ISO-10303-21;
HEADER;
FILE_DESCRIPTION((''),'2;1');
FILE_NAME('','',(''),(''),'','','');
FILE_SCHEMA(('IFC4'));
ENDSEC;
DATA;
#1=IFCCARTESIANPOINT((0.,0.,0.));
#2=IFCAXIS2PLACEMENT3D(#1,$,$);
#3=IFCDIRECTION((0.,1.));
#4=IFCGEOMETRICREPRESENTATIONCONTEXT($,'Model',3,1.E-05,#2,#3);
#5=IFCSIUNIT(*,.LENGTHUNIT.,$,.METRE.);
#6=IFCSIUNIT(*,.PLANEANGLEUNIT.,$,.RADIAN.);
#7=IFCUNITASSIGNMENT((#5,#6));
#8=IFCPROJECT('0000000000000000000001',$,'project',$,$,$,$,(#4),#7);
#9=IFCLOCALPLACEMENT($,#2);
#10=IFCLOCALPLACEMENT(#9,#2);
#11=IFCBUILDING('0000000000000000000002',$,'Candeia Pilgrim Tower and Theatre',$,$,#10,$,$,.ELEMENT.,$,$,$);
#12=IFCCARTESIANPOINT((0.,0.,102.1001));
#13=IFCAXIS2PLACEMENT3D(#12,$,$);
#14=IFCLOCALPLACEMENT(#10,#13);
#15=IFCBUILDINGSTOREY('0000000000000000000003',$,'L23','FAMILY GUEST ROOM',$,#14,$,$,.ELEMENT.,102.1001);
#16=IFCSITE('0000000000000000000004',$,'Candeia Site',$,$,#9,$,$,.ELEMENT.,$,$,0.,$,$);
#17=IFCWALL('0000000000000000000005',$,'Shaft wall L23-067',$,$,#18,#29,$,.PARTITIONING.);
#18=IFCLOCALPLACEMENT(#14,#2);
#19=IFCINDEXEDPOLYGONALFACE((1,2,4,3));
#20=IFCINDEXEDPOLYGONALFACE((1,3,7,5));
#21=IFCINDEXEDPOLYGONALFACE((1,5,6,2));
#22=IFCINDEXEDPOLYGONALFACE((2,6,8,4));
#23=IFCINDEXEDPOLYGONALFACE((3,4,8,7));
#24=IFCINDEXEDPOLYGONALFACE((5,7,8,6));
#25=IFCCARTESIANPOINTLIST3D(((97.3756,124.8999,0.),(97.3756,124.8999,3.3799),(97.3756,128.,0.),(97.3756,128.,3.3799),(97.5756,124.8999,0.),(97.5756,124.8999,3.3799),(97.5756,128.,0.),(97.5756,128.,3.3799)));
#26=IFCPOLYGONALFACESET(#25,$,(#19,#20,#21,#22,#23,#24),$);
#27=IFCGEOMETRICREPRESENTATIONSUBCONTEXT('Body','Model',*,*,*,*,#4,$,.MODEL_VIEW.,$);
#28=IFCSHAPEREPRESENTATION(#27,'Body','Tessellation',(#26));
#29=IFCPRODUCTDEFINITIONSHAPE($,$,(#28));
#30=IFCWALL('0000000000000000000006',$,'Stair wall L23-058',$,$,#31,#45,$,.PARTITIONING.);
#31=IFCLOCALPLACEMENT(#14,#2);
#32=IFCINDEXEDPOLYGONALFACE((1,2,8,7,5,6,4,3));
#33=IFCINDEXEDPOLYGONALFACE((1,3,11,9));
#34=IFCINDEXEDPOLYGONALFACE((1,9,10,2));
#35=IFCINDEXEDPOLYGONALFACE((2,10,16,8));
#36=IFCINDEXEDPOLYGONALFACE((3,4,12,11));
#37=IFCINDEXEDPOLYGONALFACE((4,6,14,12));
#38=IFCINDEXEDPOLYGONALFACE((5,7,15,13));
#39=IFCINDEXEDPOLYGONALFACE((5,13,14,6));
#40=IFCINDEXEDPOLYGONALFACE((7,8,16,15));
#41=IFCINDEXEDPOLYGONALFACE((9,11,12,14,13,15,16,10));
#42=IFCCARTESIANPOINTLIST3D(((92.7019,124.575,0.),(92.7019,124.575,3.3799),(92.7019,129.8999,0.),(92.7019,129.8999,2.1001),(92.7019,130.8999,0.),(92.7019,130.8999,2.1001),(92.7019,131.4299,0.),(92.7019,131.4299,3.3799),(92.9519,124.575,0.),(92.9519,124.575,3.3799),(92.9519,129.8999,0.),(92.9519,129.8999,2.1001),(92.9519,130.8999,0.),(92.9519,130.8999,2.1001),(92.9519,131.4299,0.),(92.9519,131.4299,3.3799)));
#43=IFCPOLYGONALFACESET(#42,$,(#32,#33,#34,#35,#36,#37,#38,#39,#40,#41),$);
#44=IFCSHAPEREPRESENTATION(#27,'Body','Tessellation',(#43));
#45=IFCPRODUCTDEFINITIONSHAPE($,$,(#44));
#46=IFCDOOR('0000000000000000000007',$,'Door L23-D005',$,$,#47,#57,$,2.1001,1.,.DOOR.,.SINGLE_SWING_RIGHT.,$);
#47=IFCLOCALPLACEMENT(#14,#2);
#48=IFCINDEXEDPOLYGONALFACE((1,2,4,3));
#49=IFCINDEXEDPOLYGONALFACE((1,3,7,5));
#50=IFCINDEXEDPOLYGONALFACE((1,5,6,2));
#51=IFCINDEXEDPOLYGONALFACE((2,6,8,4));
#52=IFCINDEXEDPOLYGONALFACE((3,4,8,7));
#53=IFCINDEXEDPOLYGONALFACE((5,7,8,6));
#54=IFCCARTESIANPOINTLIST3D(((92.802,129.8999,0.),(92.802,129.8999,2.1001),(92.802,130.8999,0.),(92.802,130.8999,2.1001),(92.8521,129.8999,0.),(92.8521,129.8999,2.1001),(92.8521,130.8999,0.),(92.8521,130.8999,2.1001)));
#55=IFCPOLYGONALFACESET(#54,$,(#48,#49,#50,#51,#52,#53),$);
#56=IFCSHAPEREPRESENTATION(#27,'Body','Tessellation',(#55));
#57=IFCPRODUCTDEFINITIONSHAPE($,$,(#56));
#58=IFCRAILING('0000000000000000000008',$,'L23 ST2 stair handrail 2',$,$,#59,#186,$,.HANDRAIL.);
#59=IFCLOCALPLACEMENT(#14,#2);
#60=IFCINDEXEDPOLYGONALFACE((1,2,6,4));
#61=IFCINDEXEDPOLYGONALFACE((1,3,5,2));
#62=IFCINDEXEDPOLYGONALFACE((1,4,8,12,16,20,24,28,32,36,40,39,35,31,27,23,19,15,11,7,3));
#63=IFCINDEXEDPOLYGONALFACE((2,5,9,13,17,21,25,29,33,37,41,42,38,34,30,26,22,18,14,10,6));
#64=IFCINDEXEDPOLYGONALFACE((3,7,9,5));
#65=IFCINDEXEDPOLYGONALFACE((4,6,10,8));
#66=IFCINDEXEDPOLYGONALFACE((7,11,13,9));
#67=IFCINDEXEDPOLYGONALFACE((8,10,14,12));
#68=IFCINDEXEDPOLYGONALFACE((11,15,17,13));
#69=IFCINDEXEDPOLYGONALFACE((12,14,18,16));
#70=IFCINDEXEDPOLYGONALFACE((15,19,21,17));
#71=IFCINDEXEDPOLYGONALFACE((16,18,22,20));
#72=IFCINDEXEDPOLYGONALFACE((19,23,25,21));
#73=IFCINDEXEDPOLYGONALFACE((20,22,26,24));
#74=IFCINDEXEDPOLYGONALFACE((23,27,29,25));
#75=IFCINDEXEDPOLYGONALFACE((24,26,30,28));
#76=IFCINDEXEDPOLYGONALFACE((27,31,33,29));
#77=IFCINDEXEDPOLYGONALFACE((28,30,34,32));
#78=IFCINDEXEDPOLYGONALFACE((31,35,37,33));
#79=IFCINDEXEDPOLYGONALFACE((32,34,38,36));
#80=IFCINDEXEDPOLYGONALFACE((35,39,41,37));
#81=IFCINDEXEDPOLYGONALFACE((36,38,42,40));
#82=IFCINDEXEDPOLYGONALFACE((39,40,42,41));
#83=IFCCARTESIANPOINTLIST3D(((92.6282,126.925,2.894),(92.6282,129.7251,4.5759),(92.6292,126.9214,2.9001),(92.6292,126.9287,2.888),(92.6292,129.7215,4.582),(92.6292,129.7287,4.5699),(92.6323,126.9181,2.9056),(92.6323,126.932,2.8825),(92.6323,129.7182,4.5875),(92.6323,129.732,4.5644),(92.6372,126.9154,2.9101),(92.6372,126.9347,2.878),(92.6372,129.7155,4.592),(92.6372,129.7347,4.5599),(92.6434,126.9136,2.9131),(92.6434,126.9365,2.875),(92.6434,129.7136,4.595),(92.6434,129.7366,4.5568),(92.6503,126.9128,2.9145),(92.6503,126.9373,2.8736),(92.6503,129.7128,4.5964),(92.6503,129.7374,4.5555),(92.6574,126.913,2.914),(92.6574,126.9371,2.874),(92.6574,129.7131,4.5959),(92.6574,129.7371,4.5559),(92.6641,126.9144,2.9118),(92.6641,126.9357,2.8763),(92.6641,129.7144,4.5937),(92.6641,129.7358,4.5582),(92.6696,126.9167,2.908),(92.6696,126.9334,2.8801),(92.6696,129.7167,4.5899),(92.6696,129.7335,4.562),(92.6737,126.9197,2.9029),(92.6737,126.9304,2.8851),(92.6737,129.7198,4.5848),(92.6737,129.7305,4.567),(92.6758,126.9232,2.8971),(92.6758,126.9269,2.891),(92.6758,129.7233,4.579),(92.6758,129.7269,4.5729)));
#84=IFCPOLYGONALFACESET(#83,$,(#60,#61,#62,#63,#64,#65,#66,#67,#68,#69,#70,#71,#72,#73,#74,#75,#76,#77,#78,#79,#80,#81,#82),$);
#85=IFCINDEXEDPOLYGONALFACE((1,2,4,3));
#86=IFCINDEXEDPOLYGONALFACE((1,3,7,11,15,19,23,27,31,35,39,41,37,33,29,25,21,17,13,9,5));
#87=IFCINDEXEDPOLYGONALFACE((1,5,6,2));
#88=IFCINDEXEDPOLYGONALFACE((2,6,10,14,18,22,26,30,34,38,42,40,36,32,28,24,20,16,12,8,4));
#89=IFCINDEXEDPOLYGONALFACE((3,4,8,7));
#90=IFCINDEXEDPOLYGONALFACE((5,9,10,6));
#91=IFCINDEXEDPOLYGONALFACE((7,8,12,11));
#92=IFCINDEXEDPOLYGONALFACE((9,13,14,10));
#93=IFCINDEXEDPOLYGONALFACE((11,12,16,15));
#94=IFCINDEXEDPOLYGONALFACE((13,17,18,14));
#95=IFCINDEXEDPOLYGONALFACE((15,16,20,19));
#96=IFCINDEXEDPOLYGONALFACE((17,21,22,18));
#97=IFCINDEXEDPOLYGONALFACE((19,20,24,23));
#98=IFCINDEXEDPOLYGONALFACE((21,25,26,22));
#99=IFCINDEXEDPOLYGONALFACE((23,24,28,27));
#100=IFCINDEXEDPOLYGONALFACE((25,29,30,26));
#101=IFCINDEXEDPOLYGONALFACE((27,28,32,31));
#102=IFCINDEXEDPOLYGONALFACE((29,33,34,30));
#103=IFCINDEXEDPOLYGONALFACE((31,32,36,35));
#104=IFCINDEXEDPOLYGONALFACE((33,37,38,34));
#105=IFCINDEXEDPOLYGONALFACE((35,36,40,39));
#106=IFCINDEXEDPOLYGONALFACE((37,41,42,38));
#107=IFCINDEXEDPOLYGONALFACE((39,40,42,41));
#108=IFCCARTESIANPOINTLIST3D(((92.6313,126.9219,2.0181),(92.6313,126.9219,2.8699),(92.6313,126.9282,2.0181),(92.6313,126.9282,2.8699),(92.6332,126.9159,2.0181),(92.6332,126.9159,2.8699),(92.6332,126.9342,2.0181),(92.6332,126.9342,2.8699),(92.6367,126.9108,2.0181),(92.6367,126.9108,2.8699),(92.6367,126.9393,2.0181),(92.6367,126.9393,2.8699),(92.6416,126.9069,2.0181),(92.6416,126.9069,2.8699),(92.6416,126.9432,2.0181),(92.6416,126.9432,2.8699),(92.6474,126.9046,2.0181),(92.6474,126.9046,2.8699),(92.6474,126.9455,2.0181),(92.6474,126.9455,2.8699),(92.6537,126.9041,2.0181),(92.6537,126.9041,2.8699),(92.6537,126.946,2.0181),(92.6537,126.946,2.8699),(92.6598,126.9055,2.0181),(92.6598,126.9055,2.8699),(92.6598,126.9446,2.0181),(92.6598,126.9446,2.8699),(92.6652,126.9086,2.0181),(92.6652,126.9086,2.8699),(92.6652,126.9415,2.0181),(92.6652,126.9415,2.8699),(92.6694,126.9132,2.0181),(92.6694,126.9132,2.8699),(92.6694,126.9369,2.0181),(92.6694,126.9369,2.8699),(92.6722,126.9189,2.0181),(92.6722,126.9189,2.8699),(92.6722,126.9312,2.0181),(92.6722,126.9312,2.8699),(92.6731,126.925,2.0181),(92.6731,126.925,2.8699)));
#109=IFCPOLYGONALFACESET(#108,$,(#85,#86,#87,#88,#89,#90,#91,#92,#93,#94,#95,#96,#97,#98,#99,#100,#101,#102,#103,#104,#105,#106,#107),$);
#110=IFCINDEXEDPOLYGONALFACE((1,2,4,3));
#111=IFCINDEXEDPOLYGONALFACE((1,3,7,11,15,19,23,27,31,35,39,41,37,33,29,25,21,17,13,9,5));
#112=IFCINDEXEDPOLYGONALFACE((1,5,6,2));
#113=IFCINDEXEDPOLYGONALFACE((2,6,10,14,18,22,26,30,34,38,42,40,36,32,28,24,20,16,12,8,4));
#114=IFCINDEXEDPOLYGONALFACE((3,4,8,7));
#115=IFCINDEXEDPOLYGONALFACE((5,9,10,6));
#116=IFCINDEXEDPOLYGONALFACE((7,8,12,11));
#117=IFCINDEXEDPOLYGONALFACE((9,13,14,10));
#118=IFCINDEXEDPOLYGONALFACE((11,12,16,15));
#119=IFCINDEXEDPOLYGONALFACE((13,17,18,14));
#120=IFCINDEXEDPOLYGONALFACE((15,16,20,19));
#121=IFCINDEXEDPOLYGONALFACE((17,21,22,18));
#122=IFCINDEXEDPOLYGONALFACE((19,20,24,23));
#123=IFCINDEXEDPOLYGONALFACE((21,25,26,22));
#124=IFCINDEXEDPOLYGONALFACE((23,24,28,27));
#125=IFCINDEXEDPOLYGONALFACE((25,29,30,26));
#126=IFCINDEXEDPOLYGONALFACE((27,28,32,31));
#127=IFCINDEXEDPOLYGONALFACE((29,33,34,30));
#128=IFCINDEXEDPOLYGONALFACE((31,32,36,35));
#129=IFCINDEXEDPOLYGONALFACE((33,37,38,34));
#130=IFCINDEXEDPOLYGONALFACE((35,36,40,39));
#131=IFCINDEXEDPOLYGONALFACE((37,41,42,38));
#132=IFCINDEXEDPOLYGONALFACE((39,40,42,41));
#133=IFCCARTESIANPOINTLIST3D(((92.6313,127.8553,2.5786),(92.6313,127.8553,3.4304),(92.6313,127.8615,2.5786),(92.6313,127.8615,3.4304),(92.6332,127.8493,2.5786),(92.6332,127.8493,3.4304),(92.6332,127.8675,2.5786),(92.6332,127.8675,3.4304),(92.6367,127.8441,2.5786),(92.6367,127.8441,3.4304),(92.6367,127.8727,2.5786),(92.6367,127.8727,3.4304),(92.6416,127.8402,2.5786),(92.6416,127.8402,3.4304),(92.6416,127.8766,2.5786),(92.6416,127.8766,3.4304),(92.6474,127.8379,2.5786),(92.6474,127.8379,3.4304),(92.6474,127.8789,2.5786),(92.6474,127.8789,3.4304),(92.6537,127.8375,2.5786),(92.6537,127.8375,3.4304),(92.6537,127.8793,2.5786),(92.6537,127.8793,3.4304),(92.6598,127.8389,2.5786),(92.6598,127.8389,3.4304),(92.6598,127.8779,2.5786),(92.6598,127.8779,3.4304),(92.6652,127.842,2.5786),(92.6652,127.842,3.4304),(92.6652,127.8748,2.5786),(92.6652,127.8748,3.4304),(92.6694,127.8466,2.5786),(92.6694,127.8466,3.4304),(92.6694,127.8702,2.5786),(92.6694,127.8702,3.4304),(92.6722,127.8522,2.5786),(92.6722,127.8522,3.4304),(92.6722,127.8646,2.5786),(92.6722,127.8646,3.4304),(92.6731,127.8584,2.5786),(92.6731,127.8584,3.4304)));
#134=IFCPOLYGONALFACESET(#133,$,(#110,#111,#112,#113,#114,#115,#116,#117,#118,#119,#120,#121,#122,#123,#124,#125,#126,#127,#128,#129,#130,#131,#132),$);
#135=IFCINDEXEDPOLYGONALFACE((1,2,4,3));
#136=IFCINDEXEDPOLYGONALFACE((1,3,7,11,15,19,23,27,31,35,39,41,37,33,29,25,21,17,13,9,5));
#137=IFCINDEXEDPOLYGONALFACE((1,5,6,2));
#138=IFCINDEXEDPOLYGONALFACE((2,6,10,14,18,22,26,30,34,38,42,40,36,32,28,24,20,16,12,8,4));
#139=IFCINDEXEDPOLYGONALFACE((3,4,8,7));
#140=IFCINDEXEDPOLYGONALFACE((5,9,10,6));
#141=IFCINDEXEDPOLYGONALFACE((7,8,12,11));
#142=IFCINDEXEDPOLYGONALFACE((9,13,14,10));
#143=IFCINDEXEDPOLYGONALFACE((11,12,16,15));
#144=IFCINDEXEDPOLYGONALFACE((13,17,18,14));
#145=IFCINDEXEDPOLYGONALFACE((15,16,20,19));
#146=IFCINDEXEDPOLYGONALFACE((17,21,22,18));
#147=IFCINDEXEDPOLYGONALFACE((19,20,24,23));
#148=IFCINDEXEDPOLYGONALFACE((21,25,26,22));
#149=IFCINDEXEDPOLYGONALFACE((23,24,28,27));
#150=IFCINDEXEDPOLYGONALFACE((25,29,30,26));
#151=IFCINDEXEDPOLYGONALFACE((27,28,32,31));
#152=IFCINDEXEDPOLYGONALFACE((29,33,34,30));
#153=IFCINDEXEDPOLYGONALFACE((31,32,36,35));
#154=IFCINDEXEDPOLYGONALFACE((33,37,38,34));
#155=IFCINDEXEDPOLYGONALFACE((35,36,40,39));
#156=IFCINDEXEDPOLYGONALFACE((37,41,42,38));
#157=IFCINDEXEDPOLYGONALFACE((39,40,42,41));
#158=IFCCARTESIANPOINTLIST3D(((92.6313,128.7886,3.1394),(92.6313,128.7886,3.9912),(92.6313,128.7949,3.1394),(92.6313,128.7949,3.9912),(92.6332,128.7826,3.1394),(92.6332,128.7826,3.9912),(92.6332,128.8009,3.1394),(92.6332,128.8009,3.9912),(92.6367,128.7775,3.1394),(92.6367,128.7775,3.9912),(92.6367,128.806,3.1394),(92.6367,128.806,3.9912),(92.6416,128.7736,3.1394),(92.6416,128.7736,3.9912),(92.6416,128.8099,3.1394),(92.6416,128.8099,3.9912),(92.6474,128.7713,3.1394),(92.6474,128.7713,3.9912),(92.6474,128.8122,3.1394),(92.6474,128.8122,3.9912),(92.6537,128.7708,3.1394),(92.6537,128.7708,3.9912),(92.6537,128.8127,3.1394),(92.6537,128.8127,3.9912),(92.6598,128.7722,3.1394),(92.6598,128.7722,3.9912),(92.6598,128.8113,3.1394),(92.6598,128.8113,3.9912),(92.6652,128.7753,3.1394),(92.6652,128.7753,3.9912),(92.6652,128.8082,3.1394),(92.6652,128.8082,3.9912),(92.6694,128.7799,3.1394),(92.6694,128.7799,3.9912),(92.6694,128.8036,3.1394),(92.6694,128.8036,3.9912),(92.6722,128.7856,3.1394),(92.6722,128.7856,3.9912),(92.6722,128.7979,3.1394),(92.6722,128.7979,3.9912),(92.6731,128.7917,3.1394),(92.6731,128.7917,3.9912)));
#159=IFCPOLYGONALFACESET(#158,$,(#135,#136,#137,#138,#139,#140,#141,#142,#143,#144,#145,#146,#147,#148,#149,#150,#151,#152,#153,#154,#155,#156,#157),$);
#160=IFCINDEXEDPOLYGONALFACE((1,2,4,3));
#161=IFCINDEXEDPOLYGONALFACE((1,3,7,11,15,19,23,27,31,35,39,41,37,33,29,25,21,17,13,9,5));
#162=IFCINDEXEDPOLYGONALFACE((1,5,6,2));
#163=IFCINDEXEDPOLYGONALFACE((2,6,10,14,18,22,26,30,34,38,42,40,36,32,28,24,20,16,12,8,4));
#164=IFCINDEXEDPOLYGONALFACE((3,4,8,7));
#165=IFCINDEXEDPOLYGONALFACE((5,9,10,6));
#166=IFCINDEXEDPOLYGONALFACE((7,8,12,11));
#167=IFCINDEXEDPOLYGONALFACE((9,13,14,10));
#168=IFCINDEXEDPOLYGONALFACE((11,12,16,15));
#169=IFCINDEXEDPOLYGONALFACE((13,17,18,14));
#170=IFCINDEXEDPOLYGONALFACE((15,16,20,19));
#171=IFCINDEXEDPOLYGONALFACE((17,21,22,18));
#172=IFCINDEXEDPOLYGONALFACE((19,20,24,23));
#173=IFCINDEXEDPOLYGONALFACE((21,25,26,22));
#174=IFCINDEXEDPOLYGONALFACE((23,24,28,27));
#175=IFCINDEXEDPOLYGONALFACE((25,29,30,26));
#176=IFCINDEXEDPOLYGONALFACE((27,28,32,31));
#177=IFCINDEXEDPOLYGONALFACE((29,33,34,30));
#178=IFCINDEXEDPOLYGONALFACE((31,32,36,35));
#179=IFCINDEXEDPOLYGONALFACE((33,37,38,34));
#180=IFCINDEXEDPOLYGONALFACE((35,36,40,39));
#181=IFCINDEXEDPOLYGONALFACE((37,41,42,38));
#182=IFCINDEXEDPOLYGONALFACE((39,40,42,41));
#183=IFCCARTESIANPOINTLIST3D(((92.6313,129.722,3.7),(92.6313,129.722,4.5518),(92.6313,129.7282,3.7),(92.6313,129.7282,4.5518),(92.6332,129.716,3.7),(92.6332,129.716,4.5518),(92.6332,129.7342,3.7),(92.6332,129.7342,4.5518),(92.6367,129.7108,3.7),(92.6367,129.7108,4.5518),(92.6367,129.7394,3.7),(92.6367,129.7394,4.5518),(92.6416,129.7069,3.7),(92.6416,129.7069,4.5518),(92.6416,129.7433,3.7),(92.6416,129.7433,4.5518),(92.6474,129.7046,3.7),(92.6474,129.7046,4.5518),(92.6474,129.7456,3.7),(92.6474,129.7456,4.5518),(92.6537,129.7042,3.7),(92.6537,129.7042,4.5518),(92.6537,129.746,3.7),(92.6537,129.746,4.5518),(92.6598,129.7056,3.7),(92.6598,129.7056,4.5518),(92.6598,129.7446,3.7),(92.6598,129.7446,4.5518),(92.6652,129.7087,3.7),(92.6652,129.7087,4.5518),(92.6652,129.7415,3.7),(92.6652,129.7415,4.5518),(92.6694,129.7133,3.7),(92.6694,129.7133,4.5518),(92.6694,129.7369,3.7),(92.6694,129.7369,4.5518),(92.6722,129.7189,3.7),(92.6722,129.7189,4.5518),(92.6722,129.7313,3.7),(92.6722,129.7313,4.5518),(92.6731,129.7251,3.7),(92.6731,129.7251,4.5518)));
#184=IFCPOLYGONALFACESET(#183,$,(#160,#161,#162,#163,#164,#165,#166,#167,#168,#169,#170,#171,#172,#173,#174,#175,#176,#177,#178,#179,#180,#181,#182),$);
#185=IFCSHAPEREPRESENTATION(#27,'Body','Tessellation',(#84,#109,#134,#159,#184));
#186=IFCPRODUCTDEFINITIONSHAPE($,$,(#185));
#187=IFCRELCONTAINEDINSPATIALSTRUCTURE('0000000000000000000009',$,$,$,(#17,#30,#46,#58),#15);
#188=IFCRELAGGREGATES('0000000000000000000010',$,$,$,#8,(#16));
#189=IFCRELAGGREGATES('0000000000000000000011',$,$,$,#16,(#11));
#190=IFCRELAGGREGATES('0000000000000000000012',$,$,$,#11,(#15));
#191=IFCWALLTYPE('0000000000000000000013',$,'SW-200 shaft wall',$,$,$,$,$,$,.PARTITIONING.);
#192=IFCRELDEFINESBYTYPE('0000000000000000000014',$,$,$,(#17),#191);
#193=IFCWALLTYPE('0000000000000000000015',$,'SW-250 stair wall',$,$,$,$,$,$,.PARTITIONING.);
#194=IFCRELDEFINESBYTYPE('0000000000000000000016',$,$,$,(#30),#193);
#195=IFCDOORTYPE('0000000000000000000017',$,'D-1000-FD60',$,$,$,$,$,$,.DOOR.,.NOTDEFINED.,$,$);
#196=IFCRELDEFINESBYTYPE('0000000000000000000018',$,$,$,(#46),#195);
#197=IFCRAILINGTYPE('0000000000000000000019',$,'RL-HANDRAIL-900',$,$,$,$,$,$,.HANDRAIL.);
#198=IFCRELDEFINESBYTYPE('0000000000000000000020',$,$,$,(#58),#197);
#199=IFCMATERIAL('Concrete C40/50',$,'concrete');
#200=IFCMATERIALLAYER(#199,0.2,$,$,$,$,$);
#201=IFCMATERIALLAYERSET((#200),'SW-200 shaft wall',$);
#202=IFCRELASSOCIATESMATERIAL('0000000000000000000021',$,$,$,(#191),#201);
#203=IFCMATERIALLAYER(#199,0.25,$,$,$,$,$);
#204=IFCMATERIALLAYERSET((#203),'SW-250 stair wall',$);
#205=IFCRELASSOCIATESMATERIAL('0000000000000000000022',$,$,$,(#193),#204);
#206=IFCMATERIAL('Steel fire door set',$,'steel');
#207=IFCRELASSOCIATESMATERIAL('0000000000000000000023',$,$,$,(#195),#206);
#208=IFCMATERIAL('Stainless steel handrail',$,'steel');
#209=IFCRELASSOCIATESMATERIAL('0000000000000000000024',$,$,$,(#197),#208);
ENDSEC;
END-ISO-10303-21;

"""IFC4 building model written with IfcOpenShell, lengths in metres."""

from ifc_helpers import new_model, si_unit, direction, frame, frame_2d, origin, origin_2d, place, context, subcontext, project, spatial, rectangle, circle, extrude, material, layer, layer_set, type_object, element, fill, save


model = new_model("IFC4")

# Units and contexts
model_context = context("Model", 3, precision=1e-05, world=origin(), true_north=direction((0.0, 1.0)))
body_context = subcontext(model_context, "Body", "Model", "MODEL_VIEW")
ifc_project = project(units=[si_unit("LENGTHUNIT", "METRE"), si_unit("PLANEANGLEUNIT", "RADIAN")], contexts=[model_context])

# Site, building, storey
site_placement = place(None, origin())
site = spatial("IfcSite", under=ifc_project, at=site_placement, Name="Candeia Site", CompositionType="ELEMENT", RefElevation=0.0)
building_placement = place(site_placement, origin())
building = spatial("IfcBuilding", under=site, at=building_placement, Name="Candeia Pilgrim Tower and Theatre", CompositionType="ELEMENT")
storey_placement = place(building_placement, frame((0.0, 0.0, 102.1001)))
storey = spatial("IfcBuildingStorey", under=building, at=storey_placement, Name="L23", Description="FAMILY GUEST ROOM", CompositionType="ELEMENT", Elevation=102.1001)

# Shared definitions
ifc_material_1 = material(Name="Steel fire door set", Category="steel")

# Shared definitions
ifc_material_2 = material(Name="Concrete C40/50", Category="concrete")
ifc_layer_1 = layer(ifc_material_2, 0.2)
ifc_layer_set_1 = layer_set([ifc_layer_1], Name="SW-200 shaft wall")
wall_type_1 = type_object("IfcWallType", Name="SW-200 shaft wall", PredefinedType="PARTITIONING", material=ifc_layer_set_1)

# Wall
for number, where, z_axis, x_axis, name in (
    (1, (97.4756, 124.8999, 0.0), (0.0, 0.0, 1.0), (0.0, 1.0, 0.0), "Shaft wall L23-067"),
):
    element("IfcWall", number, at=place(storey_placement, frame(where, z_axis=z_axis, x_axis=x_axis)), inside=storey, type_object=wall_type_1, Name=name, PredefinedType="PARTITIONING", context=body_context, shape_type="SweptSolid", body=[
        extrude(rectangle(XDim=3.1001, YDim=0.2, at=frame_2d((1.55, 0.0))), origin(), (0.0, 0.0, 1.0), 3.3799),
    ])

# Wall, opening, door
ifc_layer_2 = layer(ifc_material_2, 0.25)
ifc_layer_set_2 = layer_set([ifc_layer_2], Name="SW-250 stair wall")
wall_type_2 = type_object("IfcWallType", Name="SW-250 stair wall", PredefinedType="PARTITIONING", material=ifc_layer_set_2)
wall_1_placement = place(storey_placement, frame((92.8269, 124.575, 0.0), z_axis=(0.0, 0.0, 1.0), x_axis=(0.0, 1.0, 0.0)))
wall_1 = element("IfcWall", 2, at=wall_1_placement, inside=storey, type_object=wall_type_2, Name="Stair wall L23-058", PredefinedType="PARTITIONING", context=body_context, shape_type="SweptSolid", body=[
    extrude(rectangle(XDim=6.855, YDim=0.25, at=frame_2d((3.4275, 0.0))), origin(), (0.0, 0.0, 1.0), 3.3799),
])
opening_1_placement = place(wall_1_placement, frame((5.325, 0.0, 0.0)))
opening_1 = element("IfcOpeningElement", 3, at=opening_1_placement, cuts=wall_1, PredefinedType="OPENING", context=body_context, shape_type="SweptSolid", body=[
    extrude(rectangle(XDim=1.0, YDim=2.1001, at=frame_2d((0.5, 1.05))), frame((0.0, 0.135, 0.0), z_axis=(0.0, -1.0, 0.0), x_axis=(1.0, 0.0, 0.0)), (0.0, 0.0, 1.0), 0.27),
])
door_type_1 = type_object("IfcDoorType", Name="D-1000-FD60", OperationType="NOTDEFINED", PredefinedType="DOOR", material=ifc_material_1)
door_1_placement = place(opening_1_placement, origin())
door_1 = element("IfcDoor", 4, at=door_1_placement, inside=storey, type_object=door_type_1, Name="Door L23-D005", OperationType="SINGLE_SWING_RIGHT", OverallHeight=2.1001, OverallWidth=1.0, PredefinedType="DOOR", context=body_context, shape_type="SweptSolid", body=[
    extrude(rectangle(XDim=1.0, YDim=2.1001, at=frame_2d((0.5, 1.05))), frame((0.0, 0.0249, 0.0), z_axis=(0.0, -1.0, 0.0), x_axis=(1.0, 0.0, 0.0)), (0.0, 0.0, 1.0), 0.05),
])
fill(opening_1, door_1)

# Railing
ifc_material_3 = material(Name="Stainless steel handrail", Category="steel")
railing_type = type_object("IfcRailingType", Name="RL-HANDRAIL-900", PredefinedType="HANDRAIL", material=ifc_material_3)
railing_placement = place(storey_placement, frame((92.6521, 126.925, 2.0181)))
element("IfcRailing", 5, at=railing_placement, inside=storey, type_object=railing_type, Name="L23 ST2 stair handrail 2", PredefinedType="HANDRAIL", context=body_context, shape_type="SweptSolid", body=[
    extrude(circle(Radius=0.0239, at=origin_2d()), frame((0.0, 0.0, 0.876), z_axis=(0.0, 0.857242, 0.514913), x_axis=(-1.0, 0.0, 0.0)), (0.0, 0.0, 1.0), 3.2664),
    extrude(circle(Radius=0.021, at=origin_2d()), origin(), (0.0, 0.0, 1.0), 0.8518),
    extrude(circle(Radius=0.021, at=origin_2d()), frame((0.0, 0.9333, 0.5605)), (0.0, 0.0, 1.0), 0.8518),
    extrude(circle(Radius=0.021, at=origin_2d()), frame((0.0, 1.8667, 1.1213)), (0.0, 0.0, 1.0), 0.8518),
    extrude(circle(Radius=0.021, at=origin_2d()), frame((0.0, 2.8, 1.6819)), (0.0, 0.0, 1.0), 0.8518),
])

save(model, "model.ifc")
